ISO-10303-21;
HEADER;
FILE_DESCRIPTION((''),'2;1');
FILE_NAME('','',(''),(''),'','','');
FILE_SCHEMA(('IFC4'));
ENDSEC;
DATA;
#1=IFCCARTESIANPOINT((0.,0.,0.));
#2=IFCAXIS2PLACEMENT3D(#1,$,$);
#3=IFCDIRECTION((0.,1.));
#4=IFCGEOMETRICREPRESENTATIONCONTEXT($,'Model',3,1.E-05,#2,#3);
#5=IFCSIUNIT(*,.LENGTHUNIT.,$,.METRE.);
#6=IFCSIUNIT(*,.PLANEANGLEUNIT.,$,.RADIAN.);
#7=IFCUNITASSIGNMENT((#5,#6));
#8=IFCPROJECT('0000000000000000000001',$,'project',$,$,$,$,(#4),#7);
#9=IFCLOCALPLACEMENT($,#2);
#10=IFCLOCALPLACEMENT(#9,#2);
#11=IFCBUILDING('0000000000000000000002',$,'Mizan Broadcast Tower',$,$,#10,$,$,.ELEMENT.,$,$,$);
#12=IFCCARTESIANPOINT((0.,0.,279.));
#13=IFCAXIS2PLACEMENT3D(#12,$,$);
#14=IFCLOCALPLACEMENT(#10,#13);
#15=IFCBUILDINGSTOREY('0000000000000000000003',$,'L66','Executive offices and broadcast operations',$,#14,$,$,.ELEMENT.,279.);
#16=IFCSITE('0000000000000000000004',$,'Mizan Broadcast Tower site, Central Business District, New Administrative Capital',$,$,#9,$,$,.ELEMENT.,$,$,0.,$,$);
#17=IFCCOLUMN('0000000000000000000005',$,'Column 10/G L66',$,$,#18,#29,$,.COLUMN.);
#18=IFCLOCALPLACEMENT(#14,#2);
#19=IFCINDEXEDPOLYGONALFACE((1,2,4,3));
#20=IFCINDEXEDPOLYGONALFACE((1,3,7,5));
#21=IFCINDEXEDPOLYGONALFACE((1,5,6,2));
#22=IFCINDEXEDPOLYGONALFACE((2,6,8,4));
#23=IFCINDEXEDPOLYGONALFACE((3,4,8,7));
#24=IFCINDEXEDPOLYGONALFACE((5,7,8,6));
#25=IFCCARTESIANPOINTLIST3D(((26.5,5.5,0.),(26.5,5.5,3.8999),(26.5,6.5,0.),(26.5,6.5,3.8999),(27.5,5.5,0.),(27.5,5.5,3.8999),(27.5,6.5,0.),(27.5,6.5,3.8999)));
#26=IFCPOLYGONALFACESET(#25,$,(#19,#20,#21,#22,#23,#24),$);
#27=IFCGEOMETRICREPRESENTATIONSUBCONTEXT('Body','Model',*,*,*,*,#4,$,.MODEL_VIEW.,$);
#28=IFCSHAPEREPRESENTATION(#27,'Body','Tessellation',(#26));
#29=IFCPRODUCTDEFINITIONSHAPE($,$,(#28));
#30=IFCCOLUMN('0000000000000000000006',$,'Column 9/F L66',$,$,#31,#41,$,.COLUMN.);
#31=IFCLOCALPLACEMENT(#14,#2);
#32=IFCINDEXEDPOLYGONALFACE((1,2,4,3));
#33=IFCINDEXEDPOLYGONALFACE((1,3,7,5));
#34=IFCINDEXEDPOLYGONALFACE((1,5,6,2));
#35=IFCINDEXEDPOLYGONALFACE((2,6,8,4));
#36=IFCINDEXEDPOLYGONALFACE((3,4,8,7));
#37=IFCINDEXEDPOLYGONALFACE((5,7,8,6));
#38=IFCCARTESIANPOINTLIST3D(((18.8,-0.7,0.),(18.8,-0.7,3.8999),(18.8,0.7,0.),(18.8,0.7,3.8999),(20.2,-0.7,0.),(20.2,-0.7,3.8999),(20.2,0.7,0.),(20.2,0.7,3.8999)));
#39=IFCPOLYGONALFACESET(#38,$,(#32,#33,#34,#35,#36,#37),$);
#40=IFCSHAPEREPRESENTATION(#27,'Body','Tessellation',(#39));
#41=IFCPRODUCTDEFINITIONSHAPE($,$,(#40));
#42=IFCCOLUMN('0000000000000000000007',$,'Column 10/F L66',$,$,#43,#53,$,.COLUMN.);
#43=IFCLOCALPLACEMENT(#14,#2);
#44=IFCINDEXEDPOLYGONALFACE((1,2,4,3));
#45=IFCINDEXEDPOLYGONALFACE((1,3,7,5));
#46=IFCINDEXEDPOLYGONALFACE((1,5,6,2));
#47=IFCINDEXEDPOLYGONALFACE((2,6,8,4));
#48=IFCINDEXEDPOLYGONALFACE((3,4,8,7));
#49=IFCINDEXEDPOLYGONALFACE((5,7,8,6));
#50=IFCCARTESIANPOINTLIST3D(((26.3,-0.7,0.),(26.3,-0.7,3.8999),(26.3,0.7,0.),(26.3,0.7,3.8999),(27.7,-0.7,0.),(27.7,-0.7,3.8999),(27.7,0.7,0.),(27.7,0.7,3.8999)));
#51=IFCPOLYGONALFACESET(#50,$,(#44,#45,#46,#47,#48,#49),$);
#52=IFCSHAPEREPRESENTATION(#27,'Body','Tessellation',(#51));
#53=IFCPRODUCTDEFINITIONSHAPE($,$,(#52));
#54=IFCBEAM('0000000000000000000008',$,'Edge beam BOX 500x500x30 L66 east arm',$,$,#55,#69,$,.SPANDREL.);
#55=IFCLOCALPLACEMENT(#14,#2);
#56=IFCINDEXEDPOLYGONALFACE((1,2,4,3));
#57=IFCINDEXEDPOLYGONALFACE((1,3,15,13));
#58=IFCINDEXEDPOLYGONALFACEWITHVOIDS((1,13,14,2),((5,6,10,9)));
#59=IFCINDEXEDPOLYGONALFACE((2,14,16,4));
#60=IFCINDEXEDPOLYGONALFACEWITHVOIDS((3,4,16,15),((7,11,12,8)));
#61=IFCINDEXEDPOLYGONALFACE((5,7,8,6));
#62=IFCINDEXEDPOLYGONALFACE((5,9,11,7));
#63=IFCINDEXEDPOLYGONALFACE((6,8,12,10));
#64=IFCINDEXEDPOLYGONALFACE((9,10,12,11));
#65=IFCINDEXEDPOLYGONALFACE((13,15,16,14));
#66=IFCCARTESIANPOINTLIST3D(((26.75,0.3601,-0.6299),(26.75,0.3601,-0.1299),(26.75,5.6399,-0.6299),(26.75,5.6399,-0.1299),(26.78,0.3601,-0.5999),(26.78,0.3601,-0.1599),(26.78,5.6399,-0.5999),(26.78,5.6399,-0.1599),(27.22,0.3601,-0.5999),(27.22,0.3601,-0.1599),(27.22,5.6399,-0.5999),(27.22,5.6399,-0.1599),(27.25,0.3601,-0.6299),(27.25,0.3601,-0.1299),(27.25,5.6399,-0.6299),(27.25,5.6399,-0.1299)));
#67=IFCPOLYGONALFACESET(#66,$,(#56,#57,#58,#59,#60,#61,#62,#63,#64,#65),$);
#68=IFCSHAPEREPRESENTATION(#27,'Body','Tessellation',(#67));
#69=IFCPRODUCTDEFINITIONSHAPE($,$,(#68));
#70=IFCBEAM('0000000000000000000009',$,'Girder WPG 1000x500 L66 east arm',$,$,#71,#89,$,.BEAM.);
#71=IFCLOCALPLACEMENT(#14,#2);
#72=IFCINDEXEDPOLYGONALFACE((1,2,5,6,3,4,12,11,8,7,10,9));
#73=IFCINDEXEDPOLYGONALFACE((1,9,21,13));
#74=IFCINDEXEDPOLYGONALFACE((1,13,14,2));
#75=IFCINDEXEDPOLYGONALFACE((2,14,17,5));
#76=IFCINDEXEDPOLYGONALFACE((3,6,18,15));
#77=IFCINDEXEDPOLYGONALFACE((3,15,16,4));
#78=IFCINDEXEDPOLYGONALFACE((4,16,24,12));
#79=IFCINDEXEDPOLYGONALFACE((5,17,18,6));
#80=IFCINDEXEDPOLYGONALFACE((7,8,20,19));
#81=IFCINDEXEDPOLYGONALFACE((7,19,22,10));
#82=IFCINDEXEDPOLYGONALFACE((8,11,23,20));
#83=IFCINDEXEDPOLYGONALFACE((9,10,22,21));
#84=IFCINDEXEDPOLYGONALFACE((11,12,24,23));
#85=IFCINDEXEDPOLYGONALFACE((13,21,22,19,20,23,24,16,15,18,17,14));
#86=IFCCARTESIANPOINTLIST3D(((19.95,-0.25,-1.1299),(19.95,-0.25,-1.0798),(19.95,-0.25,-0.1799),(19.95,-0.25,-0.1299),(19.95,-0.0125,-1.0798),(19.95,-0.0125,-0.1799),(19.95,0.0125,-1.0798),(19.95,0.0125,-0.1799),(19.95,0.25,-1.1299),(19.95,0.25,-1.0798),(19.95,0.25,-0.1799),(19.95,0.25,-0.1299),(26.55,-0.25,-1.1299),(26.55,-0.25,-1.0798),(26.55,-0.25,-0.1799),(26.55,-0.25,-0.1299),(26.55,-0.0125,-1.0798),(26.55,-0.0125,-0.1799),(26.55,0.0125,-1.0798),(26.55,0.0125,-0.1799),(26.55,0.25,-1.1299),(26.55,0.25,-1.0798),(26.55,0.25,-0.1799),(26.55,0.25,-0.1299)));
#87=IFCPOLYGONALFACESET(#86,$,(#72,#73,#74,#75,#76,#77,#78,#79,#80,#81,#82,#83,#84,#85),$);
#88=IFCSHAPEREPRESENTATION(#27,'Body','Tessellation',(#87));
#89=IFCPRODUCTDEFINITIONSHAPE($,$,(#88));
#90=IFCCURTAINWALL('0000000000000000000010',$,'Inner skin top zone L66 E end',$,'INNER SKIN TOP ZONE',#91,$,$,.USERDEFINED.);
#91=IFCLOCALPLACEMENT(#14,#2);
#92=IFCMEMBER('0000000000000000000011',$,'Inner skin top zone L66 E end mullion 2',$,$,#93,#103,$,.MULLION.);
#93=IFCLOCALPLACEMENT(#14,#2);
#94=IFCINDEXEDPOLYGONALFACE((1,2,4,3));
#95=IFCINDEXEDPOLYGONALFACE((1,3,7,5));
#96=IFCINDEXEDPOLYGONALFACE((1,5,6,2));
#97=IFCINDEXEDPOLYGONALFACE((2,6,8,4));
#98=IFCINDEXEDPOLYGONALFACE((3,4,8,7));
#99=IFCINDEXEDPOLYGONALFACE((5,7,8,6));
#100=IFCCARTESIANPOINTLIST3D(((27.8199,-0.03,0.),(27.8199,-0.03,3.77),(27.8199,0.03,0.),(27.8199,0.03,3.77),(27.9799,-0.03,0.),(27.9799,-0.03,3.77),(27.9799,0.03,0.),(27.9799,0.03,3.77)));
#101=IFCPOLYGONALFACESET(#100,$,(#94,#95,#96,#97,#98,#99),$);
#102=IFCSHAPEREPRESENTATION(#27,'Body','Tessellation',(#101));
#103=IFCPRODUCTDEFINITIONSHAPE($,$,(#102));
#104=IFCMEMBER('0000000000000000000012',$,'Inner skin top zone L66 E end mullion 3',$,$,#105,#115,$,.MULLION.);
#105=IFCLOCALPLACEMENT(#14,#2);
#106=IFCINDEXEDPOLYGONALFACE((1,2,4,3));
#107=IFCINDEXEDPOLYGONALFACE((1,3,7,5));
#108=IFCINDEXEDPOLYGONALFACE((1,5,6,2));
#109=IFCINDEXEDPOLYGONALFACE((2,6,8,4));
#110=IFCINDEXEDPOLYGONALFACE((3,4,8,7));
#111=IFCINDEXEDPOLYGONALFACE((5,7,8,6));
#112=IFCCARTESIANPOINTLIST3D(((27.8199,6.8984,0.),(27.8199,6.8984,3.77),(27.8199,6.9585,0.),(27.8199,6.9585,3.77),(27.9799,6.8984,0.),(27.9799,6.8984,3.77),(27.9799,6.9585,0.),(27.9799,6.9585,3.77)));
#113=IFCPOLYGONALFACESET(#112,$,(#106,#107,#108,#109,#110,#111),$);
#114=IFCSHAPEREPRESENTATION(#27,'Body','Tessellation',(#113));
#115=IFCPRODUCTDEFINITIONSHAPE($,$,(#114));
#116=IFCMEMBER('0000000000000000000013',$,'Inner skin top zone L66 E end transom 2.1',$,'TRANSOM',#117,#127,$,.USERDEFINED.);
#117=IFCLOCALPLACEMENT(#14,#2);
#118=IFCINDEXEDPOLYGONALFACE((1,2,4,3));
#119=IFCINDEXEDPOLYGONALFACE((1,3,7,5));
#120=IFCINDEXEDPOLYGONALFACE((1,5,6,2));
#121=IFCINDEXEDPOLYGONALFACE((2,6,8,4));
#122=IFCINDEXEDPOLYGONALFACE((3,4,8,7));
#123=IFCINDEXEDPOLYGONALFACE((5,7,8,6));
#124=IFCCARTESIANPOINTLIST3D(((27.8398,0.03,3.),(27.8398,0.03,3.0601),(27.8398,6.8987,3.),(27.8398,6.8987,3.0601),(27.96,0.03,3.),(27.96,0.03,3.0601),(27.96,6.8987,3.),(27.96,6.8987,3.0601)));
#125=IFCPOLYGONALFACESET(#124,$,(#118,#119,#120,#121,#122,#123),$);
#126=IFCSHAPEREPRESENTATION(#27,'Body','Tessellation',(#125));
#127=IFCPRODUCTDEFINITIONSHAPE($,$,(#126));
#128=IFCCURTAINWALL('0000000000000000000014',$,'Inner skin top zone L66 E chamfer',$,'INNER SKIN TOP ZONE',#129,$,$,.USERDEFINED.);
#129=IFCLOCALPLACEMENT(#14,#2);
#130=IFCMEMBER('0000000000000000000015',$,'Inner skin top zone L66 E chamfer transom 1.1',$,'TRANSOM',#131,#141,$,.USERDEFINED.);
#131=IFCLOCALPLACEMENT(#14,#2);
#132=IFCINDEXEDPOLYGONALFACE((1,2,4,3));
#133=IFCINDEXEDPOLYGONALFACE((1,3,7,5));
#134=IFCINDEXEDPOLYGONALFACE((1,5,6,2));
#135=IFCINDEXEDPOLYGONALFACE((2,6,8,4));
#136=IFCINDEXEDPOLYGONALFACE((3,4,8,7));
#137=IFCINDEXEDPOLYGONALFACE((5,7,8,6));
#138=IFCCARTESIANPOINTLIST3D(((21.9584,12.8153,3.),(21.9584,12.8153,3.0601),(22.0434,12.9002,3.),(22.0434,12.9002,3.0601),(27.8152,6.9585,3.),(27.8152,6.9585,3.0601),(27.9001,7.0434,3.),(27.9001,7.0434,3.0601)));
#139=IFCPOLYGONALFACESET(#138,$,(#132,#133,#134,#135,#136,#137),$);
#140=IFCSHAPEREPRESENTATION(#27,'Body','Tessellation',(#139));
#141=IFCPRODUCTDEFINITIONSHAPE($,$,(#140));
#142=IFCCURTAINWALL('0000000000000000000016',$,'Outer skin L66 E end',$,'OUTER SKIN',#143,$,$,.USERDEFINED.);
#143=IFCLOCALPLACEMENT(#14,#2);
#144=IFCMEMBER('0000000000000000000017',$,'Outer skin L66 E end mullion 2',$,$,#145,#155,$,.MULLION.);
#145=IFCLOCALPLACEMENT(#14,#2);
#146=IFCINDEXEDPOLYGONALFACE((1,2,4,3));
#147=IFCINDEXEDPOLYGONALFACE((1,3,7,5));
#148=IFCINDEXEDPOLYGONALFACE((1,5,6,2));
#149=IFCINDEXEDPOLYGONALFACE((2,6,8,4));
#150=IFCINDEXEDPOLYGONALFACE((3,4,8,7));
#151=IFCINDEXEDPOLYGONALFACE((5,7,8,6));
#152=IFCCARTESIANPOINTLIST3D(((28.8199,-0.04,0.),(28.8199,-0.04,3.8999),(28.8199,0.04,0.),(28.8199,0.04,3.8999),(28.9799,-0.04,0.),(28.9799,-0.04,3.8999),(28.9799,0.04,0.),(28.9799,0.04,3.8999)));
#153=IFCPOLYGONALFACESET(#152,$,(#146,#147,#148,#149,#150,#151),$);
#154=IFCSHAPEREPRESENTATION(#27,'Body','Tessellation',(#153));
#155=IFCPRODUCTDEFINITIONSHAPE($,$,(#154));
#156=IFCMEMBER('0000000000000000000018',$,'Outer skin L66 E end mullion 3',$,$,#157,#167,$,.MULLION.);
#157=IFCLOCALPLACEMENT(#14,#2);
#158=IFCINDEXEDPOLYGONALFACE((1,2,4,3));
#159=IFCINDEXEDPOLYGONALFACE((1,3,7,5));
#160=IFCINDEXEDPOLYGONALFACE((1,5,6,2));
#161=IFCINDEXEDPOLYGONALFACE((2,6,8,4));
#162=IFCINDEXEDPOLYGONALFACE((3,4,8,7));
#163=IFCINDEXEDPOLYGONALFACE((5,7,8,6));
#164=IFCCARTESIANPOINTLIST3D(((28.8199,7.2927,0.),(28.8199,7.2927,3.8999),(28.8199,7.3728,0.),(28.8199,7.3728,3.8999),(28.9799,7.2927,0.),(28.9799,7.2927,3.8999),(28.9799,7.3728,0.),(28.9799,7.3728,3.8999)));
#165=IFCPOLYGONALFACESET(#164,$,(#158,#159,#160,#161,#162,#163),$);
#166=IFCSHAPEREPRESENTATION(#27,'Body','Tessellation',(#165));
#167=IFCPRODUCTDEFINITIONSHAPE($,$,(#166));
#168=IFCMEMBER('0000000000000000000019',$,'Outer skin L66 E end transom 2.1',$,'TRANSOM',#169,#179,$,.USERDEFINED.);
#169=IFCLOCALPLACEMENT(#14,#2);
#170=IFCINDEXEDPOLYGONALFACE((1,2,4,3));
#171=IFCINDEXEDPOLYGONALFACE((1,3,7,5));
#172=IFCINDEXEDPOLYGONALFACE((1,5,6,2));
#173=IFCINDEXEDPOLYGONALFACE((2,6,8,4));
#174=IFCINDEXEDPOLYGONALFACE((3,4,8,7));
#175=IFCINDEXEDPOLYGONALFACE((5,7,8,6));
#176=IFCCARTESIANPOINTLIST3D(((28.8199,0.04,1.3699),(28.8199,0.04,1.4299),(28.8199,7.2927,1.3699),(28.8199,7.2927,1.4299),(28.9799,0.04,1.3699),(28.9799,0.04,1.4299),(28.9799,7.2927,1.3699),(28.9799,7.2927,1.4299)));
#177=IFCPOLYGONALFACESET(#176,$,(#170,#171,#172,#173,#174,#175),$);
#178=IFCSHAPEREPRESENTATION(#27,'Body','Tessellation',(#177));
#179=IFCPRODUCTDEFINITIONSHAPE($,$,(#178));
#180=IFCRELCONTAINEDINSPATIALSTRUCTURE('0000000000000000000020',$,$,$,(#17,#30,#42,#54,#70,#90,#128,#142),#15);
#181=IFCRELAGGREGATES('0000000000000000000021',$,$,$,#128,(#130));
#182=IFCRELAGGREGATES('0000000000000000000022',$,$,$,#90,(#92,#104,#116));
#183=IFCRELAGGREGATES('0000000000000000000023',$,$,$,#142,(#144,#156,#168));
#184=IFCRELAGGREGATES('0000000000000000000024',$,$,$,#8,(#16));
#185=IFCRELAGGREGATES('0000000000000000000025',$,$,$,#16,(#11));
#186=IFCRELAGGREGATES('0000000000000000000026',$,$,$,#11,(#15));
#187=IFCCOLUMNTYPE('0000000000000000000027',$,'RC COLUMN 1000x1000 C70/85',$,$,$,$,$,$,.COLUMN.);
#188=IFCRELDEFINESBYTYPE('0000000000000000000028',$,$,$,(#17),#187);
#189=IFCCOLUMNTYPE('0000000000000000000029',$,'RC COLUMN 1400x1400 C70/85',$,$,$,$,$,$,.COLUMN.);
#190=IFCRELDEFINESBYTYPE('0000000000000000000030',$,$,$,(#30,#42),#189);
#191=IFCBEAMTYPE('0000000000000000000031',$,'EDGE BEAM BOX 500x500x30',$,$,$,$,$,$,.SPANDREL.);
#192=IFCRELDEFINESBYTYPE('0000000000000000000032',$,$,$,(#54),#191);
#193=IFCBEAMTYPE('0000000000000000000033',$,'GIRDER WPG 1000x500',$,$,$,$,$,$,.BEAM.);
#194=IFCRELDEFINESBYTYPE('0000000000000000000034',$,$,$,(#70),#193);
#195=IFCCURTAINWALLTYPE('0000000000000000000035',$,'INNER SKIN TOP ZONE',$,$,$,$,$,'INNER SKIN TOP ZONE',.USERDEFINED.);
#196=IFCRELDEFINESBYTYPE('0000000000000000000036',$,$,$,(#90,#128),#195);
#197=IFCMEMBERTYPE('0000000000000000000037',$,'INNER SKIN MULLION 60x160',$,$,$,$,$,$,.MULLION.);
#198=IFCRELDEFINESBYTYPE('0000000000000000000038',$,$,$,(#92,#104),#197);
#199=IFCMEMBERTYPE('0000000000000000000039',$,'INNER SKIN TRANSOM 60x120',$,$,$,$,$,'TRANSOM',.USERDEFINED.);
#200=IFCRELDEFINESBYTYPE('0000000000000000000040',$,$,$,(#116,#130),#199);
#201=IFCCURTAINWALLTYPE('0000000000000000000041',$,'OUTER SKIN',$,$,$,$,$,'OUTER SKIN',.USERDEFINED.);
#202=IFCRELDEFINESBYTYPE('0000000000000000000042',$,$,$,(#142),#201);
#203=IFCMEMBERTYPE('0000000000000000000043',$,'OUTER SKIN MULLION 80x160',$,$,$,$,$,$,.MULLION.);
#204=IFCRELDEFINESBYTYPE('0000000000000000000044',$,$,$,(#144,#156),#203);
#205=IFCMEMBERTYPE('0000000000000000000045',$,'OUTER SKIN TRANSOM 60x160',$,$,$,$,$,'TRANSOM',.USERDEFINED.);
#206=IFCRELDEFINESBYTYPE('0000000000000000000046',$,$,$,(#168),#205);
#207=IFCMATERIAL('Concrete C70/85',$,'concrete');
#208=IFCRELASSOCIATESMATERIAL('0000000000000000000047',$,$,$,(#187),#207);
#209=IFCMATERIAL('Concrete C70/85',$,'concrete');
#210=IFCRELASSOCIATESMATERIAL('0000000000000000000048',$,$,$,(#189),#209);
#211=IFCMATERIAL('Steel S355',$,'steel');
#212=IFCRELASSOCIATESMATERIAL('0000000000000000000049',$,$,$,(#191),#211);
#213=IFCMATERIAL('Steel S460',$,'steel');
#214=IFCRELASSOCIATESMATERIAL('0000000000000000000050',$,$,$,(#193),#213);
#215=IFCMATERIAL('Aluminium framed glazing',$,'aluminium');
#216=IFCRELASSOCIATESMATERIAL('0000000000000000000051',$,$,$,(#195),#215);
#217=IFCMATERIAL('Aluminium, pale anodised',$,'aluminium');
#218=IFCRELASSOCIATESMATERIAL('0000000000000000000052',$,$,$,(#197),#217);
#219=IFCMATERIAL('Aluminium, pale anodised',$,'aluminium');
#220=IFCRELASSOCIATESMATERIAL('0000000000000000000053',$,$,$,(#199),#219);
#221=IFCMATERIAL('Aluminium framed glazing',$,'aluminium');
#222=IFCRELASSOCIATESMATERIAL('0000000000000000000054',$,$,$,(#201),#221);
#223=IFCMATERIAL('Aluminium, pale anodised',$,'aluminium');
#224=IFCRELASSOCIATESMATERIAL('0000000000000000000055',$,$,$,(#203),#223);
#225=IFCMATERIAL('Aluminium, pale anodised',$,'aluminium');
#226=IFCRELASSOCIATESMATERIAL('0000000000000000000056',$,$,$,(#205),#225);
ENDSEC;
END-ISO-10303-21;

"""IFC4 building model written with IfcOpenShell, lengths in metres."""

from ifc_helpers import new_model, si_unit, direction, frame, origin, origin_2d, place, context, subcontext, project, spatial, rectangle, hollow_rectangle, i_section, extrude, material, material_profile, profile_set, type_object, element, aggregate, save


model = new_model("IFC4")

# Units and contexts
model_context = context("Model", 3, precision=1e-05, world=origin(), true_north=direction((0.0, 1.0)))
body_context = subcontext(model_context, "Body", "Model", "MODEL_VIEW")
ifc_project = project(units=[si_unit("LENGTHUNIT", "METRE"), si_unit("PLANEANGLEUNIT", "RADIAN")], contexts=[model_context])

# Site, building, storey
site_placement = place(None, origin())
site = spatial("IfcSite", under=ifc_project, at=site_placement, Name="Mizan Broadcast Tower site, Central Business District, New Administrative Capital", CompositionType="ELEMENT", RefElevation=0.0)
building_placement = place(site_placement, origin())
building = spatial("IfcBuilding", under=site, at=building_placement, Name="Mizan Broadcast Tower", CompositionType="ELEMENT")
storey_placement = place(building_placement, frame((0.0, 0.0, 279.0)))
storey = spatial("IfcBuildingStorey", under=building, at=storey_placement, Name="L66", Description="Executive offices and broadcast operations", CompositionType="ELEMENT", Elevation=279.0)

# Columns
ifc_material_1 = material(Name="Concrete C70/85", Category="concrete")
ifc_material_profile_1 = material_profile(ifc_material_1, rectangle(XDim=1.0, YDim=1.0, at=origin_2d()), Name="RC 1000x1000")
ifc_profile_set_1 = profile_set([ifc_material_profile_1], Name="Concrete C70/85")
column_type_1 = type_object("IfcColumnType", Name="RC COLUMN 1000x1000 C70/85", PredefinedType="COLUMN", material=ifc_profile_set_1)
column_placement = place(storey_placement, frame((27.0, 6.0, 0.0), z_axis=(0.0, 0.0, 1.0), x_axis=(1.0, 0.0, 0.0)))
element("IfcColumn", 1, at=column_placement, inside=storey, type_object=column_type_1, Name="Column 10/G L66", PredefinedType="COLUMN", context=body_context, shape_type="SweptSolid", body=[
    extrude(rectangle(XDim=1.0, YDim=1.0, at=origin_2d()), origin(), (0.0, 0.0, 1.0), 3.8999),
])
ifc_material_2 = material(Name="Concrete C70/85", Category="concrete")
ifc_material_profile_2 = material_profile(ifc_material_2, rectangle(XDim=1.3999, YDim=1.3999, at=origin_2d()), Name="RC 1400x1400")
ifc_profile_set_2 = profile_set([ifc_material_profile_2], Name="Concrete C70/85")
column_type_2 = type_object("IfcColumnType", Name="RC COLUMN 1400x1400 C70/85", PredefinedType="COLUMN", material=ifc_profile_set_2)
for number, where, z_axis, x_axis, name in (
    (2, (19.5, 0.0, 0.0), (0.0, 0.0, 1.0), (1.0, 0.0, 0.0), "Column 9/F L66"),
    (3, (27.0, 0.0, 0.0), (0.0, 0.0, 1.0), (1.0, 0.0, 0.0), "Column 10/F L66"),
):
    element("IfcColumn", number, at=place(storey_placement, frame(where, z_axis=z_axis, x_axis=x_axis)), inside=storey, type_object=column_type_2, Name=name, PredefinedType="COLUMN", context=body_context, shape_type="SweptSolid", body=[
        extrude(rectangle(XDim=1.3999, YDim=1.3999, at=origin_2d()), origin(), (0.0, 0.0, 1.0), 3.8999),
    ])

# Beams
ifc_material_3 = material(Name="Steel S355", Category="steel")
ifc_material_profile_3 = material_profile(ifc_material_3, hollow_rectangle(XDim=0.5, YDim=0.5, WallThickness=0.03, at=origin_2d()), Name="BOX 500x500x30")
ifc_profile_set_3 = profile_set([ifc_material_profile_3], Name="Steel S355")
beam_type_1 = type_object("IfcBeamType", Name="EDGE BEAM BOX 500x500x30", PredefinedType="SPANDREL", material=ifc_profile_set_3)
beam_1_placement = place(storey_placement, frame((27.0, 5.6399, -0.3799), z_axis=(0.0, -1.0, 0.0), x_axis=(1.0, 0.0, 0.0)))
element("IfcBeam", 4, at=beam_1_placement, inside=storey, type_object=beam_type_1, Name="Edge beam BOX 500x500x30 L66 east arm", PredefinedType="SPANDREL", context=body_context, shape_type="SweptSolid", body=[
    extrude(hollow_rectangle(XDim=0.5, YDim=0.5, WallThickness=0.03, at=origin_2d()), origin(), (0.0, 0.0, 1.0), 5.2798),
])
ifc_material_4 = material(Name="Steel S460", Category="steel")
ifc_material_profile_4 = material_profile(ifc_material_4, i_section(OverallWidth=0.5, OverallDepth=1.0, WebThickness=0.0249, FlangeThickness=0.05, at=origin_2d()), Name="WPG 1000x500")
ifc_profile_set_4 = profile_set([ifc_material_profile_4], Name="Steel S460")
beam_type_2 = type_object("IfcBeamType", Name="GIRDER WPG 1000x500", PredefinedType="BEAM", material=ifc_profile_set_4)
beam_2_placement = place(storey_placement, frame((19.95, 0.0, -0.6299), z_axis=(1.0, 0.0, 0.0), x_axis=(0.0, 1.0, 0.0)))
element("IfcBeam", 5, at=beam_2_placement, inside=storey, type_object=beam_type_2, Name="Girder WPG 1000x500 L66 east arm", PredefinedType="BEAM", context=body_context, shape_type="SweptSolid", body=[
    extrude(i_section(OverallWidth=0.5, OverallDepth=1.0, WebThickness=0.0249, FlangeThickness=0.05, at=origin_2d()), origin(), (0.0, 0.0, 1.0), 6.6001),
])

# Curtain wall, members
ifc_material_5 = material(Name="Aluminium framed glazing", Category="aluminium")
curtain_wall_type_1 = type_object("IfcCurtainWallType", Name="INNER SKIN TOP ZONE", ElementType="INNER SKIN TOP ZONE", PredefinedType="USERDEFINED", material=ifc_material_5)
curtain_wall_1_placement = place(storey_placement, origin())
curtain_wall_1 = element("IfcCurtainWall", 6, at=curtain_wall_1_placement, inside=storey, type_object=curtain_wall_type_1, Name="Inner skin top zone L66 E end", ObjectType="INNER SKIN TOP ZONE", PredefinedType="USERDEFINED")
ifc_material_6 = material(Name="Aluminium, pale anodised", Category="aluminium")
ifc_material_profile_5 = material_profile(ifc_material_6, rectangle(XDim=0.1599, YDim=0.0601, at=origin_2d()), Name="MULLION 160x60")
ifc_profile_set_5 = profile_set([ifc_material_profile_5], Name="Aluminium, pale anodised")
member_type_1 = type_object("IfcMemberType", Name="INNER SKIN MULLION 60x160", PredefinedType="MULLION", material=ifc_profile_set_5)
member_1_placement = place(storey_placement, frame((27.8999, 0.0, 0.0), z_axis=(0.0, 0.0, 1.0), x_axis=(-1.0, 0.0, 0.0)))
member_1 = element("IfcMember", 7, at=member_1_placement, type_object=member_type_1, Name="Inner skin top zone L66 E end mullion 2", PredefinedType="MULLION", context=body_context, shape_type="SweptSolid", body=[
    extrude(rectangle(XDim=0.1599, YDim=0.0601, at=origin_2d()), origin(), (0.0, 0.0, 1.0), 3.77),
])
member_2_placement = place(storey_placement, frame((27.8999, 6.9285, 0.0), z_axis=(0.0, 0.0, 1.0), x_axis=(-1.0, 0.0, 0.0)))
member_2 = element("IfcMember", 8, at=member_2_placement, type_object=member_type_1, Name="Inner skin top zone L66 E end mullion 3", PredefinedType="MULLION", context=body_context, shape_type="SweptSolid", body=[
    extrude(rectangle(XDim=0.1599, YDim=0.0601, at=origin_2d()), origin(), (0.0, 0.0, 1.0), 3.77),
])
ifc_material_7 = material(Name="Aluminium, pale anodised", Category="aluminium")
ifc_material_profile_6 = material_profile(ifc_material_7, rectangle(XDim=0.1201, YDim=0.0601, at=origin_2d()), Name="TRANSOM 120x60")
ifc_profile_set_6 = profile_set([ifc_material_profile_6], Name="Aluminium, pale anodised")
member_type_2 = type_object("IfcMemberType", Name="INNER SKIN TRANSOM 60x120", ElementType="TRANSOM", PredefinedType="USERDEFINED", material=ifc_profile_set_6)
member_3_placement = place(storey_placement, frame((27.8999, 0.03, 3.03), z_axis=(0.0, 1.0, 0.0), x_axis=(-1.0, 0.0, 0.0)))
member_3 = element("IfcMember", 9, at=member_3_placement, type_object=member_type_2, Name="Inner skin top zone L66 E end transom 2.1", ObjectType="TRANSOM", PredefinedType="USERDEFINED", context=body_context, shape_type="SweptSolid", body=[
    extrude(rectangle(XDim=0.1201, YDim=0.0601, at=origin_2d()), origin(), (0.0, 0.0, 1.0), 6.8687),
])

# Curtain wall, member
curtain_wall_2_placement = place(storey_placement, origin())
curtain_wall_2 = element("IfcCurtainWall", 10, at=curtain_wall_2_placement, inside=storey, type_object=curtain_wall_type_1, Name="Inner skin top zone L66 E chamfer", ObjectType="INNER SKIN TOP ZONE", PredefinedType="USERDEFINED")
member_4_placement = place(storey_placement, frame((27.8577, 7.001, 3.03), z_axis=(-0.707107, 0.707107, 0.0), x_axis=(-0.707107, -0.707107, 0.0)))
member_4 = element("IfcMember", 11, at=member_4_placement, type_object=member_type_2, Name="Inner skin top zone L66 E chamfer transom 1.1", ObjectType="TRANSOM", PredefinedType="USERDEFINED", context=body_context, shape_type="SweptSolid", body=[
    extrude(rectangle(XDim=0.1201, YDim=0.0601, at=origin_2d()), origin(), (0.0, 0.0, 1.0), 8.2827),
])
aggregate(curtain_wall_2, [member_4])

# Curtain wall, members
ifc_material_8 = material(Name="Aluminium framed glazing", Category="aluminium")
curtain_wall_type_2 = type_object("IfcCurtainWallType", Name="OUTER SKIN", ElementType="OUTER SKIN", PredefinedType="USERDEFINED", material=ifc_material_8)
curtain_wall_3_placement = place(storey_placement, origin())
curtain_wall_3 = element("IfcCurtainWall", 12, at=curtain_wall_3_placement, inside=storey, type_object=curtain_wall_type_2, Name="Outer skin L66 E end", ObjectType="OUTER SKIN", PredefinedType="USERDEFINED")
ifc_material_9 = material(Name="Aluminium, pale anodised", Category="aluminium")
ifc_material_profile_7 = material_profile(ifc_material_9, rectangle(XDim=0.1599, YDim=0.0801, at=origin_2d()), Name="MULLION 160x80")
ifc_profile_set_7 = profile_set([ifc_material_profile_7], Name="Aluminium, pale anodised")
member_type_3 = type_object("IfcMemberType", Name="OUTER SKIN MULLION 80x160", PredefinedType="MULLION", material=ifc_profile_set_7)
member_5_placement = place(storey_placement, frame((28.8999, 0.0, 0.0), z_axis=(0.0, 0.0, 1.0), x_axis=(-1.0, 0.0, 0.0)))
member_5 = element("IfcMember", 13, at=member_5_placement, type_object=member_type_3, Name="Outer skin L66 E end mullion 2", PredefinedType="MULLION", context=body_context, shape_type="SweptSolid", body=[
    extrude(rectangle(XDim=0.1599, YDim=0.0801, at=origin_2d()), origin(), (0.0, 0.0, 1.0), 3.8999),
])
member_6_placement = place(storey_placement, frame((28.8999, 7.3328, 0.0), z_axis=(0.0, 0.0, 1.0), x_axis=(-1.0, 0.0, 0.0)))
member_6 = element("IfcMember", 14, at=member_6_placement, type_object=member_type_3, Name="Outer skin L66 E end mullion 3", PredefinedType="MULLION", context=body_context, shape_type="SweptSolid", body=[
    extrude(rectangle(XDim=0.1599, YDim=0.0801, at=origin_2d()), origin(), (0.0, 0.0, 1.0), 3.8999),
])
ifc_material_10 = material(Name="Aluminium, pale anodised", Category="aluminium")
ifc_material_profile_8 = material_profile(ifc_material_10, rectangle(XDim=0.1599, YDim=0.0601, at=origin_2d()), Name="TRANSOM 160x60")
ifc_profile_set_8 = profile_set([ifc_material_profile_8], Name="Aluminium, pale anodised")
member_type_4 = type_object("IfcMemberType", Name="OUTER SKIN TRANSOM 60x160", ElementType="TRANSOM", PredefinedType="USERDEFINED", material=ifc_profile_set_8)
member_7_placement = place(storey_placement, frame((28.8999, 0.04, 1.3999), z_axis=(0.0, 1.0, 0.0), x_axis=(-1.0, 0.0, 0.0)))
member_7 = element("IfcMember", 15, at=member_7_placement, type_object=member_type_4, Name="Outer skin L66 E end transom 2.1", ObjectType="TRANSOM", PredefinedType="USERDEFINED", context=body_context, shape_type="SweptSolid", body=[
    extrude(rectangle(XDim=0.1599, YDim=0.0601, at=origin_2d()), origin(), (0.0, 0.0, 1.0), 7.2527),
])

aggregate(curtain_wall_1, [member_1, member_2, member_3])
aggregate(curtain_wall_3, [member_5, member_6, member_7])

save(model, "model.ifc")
